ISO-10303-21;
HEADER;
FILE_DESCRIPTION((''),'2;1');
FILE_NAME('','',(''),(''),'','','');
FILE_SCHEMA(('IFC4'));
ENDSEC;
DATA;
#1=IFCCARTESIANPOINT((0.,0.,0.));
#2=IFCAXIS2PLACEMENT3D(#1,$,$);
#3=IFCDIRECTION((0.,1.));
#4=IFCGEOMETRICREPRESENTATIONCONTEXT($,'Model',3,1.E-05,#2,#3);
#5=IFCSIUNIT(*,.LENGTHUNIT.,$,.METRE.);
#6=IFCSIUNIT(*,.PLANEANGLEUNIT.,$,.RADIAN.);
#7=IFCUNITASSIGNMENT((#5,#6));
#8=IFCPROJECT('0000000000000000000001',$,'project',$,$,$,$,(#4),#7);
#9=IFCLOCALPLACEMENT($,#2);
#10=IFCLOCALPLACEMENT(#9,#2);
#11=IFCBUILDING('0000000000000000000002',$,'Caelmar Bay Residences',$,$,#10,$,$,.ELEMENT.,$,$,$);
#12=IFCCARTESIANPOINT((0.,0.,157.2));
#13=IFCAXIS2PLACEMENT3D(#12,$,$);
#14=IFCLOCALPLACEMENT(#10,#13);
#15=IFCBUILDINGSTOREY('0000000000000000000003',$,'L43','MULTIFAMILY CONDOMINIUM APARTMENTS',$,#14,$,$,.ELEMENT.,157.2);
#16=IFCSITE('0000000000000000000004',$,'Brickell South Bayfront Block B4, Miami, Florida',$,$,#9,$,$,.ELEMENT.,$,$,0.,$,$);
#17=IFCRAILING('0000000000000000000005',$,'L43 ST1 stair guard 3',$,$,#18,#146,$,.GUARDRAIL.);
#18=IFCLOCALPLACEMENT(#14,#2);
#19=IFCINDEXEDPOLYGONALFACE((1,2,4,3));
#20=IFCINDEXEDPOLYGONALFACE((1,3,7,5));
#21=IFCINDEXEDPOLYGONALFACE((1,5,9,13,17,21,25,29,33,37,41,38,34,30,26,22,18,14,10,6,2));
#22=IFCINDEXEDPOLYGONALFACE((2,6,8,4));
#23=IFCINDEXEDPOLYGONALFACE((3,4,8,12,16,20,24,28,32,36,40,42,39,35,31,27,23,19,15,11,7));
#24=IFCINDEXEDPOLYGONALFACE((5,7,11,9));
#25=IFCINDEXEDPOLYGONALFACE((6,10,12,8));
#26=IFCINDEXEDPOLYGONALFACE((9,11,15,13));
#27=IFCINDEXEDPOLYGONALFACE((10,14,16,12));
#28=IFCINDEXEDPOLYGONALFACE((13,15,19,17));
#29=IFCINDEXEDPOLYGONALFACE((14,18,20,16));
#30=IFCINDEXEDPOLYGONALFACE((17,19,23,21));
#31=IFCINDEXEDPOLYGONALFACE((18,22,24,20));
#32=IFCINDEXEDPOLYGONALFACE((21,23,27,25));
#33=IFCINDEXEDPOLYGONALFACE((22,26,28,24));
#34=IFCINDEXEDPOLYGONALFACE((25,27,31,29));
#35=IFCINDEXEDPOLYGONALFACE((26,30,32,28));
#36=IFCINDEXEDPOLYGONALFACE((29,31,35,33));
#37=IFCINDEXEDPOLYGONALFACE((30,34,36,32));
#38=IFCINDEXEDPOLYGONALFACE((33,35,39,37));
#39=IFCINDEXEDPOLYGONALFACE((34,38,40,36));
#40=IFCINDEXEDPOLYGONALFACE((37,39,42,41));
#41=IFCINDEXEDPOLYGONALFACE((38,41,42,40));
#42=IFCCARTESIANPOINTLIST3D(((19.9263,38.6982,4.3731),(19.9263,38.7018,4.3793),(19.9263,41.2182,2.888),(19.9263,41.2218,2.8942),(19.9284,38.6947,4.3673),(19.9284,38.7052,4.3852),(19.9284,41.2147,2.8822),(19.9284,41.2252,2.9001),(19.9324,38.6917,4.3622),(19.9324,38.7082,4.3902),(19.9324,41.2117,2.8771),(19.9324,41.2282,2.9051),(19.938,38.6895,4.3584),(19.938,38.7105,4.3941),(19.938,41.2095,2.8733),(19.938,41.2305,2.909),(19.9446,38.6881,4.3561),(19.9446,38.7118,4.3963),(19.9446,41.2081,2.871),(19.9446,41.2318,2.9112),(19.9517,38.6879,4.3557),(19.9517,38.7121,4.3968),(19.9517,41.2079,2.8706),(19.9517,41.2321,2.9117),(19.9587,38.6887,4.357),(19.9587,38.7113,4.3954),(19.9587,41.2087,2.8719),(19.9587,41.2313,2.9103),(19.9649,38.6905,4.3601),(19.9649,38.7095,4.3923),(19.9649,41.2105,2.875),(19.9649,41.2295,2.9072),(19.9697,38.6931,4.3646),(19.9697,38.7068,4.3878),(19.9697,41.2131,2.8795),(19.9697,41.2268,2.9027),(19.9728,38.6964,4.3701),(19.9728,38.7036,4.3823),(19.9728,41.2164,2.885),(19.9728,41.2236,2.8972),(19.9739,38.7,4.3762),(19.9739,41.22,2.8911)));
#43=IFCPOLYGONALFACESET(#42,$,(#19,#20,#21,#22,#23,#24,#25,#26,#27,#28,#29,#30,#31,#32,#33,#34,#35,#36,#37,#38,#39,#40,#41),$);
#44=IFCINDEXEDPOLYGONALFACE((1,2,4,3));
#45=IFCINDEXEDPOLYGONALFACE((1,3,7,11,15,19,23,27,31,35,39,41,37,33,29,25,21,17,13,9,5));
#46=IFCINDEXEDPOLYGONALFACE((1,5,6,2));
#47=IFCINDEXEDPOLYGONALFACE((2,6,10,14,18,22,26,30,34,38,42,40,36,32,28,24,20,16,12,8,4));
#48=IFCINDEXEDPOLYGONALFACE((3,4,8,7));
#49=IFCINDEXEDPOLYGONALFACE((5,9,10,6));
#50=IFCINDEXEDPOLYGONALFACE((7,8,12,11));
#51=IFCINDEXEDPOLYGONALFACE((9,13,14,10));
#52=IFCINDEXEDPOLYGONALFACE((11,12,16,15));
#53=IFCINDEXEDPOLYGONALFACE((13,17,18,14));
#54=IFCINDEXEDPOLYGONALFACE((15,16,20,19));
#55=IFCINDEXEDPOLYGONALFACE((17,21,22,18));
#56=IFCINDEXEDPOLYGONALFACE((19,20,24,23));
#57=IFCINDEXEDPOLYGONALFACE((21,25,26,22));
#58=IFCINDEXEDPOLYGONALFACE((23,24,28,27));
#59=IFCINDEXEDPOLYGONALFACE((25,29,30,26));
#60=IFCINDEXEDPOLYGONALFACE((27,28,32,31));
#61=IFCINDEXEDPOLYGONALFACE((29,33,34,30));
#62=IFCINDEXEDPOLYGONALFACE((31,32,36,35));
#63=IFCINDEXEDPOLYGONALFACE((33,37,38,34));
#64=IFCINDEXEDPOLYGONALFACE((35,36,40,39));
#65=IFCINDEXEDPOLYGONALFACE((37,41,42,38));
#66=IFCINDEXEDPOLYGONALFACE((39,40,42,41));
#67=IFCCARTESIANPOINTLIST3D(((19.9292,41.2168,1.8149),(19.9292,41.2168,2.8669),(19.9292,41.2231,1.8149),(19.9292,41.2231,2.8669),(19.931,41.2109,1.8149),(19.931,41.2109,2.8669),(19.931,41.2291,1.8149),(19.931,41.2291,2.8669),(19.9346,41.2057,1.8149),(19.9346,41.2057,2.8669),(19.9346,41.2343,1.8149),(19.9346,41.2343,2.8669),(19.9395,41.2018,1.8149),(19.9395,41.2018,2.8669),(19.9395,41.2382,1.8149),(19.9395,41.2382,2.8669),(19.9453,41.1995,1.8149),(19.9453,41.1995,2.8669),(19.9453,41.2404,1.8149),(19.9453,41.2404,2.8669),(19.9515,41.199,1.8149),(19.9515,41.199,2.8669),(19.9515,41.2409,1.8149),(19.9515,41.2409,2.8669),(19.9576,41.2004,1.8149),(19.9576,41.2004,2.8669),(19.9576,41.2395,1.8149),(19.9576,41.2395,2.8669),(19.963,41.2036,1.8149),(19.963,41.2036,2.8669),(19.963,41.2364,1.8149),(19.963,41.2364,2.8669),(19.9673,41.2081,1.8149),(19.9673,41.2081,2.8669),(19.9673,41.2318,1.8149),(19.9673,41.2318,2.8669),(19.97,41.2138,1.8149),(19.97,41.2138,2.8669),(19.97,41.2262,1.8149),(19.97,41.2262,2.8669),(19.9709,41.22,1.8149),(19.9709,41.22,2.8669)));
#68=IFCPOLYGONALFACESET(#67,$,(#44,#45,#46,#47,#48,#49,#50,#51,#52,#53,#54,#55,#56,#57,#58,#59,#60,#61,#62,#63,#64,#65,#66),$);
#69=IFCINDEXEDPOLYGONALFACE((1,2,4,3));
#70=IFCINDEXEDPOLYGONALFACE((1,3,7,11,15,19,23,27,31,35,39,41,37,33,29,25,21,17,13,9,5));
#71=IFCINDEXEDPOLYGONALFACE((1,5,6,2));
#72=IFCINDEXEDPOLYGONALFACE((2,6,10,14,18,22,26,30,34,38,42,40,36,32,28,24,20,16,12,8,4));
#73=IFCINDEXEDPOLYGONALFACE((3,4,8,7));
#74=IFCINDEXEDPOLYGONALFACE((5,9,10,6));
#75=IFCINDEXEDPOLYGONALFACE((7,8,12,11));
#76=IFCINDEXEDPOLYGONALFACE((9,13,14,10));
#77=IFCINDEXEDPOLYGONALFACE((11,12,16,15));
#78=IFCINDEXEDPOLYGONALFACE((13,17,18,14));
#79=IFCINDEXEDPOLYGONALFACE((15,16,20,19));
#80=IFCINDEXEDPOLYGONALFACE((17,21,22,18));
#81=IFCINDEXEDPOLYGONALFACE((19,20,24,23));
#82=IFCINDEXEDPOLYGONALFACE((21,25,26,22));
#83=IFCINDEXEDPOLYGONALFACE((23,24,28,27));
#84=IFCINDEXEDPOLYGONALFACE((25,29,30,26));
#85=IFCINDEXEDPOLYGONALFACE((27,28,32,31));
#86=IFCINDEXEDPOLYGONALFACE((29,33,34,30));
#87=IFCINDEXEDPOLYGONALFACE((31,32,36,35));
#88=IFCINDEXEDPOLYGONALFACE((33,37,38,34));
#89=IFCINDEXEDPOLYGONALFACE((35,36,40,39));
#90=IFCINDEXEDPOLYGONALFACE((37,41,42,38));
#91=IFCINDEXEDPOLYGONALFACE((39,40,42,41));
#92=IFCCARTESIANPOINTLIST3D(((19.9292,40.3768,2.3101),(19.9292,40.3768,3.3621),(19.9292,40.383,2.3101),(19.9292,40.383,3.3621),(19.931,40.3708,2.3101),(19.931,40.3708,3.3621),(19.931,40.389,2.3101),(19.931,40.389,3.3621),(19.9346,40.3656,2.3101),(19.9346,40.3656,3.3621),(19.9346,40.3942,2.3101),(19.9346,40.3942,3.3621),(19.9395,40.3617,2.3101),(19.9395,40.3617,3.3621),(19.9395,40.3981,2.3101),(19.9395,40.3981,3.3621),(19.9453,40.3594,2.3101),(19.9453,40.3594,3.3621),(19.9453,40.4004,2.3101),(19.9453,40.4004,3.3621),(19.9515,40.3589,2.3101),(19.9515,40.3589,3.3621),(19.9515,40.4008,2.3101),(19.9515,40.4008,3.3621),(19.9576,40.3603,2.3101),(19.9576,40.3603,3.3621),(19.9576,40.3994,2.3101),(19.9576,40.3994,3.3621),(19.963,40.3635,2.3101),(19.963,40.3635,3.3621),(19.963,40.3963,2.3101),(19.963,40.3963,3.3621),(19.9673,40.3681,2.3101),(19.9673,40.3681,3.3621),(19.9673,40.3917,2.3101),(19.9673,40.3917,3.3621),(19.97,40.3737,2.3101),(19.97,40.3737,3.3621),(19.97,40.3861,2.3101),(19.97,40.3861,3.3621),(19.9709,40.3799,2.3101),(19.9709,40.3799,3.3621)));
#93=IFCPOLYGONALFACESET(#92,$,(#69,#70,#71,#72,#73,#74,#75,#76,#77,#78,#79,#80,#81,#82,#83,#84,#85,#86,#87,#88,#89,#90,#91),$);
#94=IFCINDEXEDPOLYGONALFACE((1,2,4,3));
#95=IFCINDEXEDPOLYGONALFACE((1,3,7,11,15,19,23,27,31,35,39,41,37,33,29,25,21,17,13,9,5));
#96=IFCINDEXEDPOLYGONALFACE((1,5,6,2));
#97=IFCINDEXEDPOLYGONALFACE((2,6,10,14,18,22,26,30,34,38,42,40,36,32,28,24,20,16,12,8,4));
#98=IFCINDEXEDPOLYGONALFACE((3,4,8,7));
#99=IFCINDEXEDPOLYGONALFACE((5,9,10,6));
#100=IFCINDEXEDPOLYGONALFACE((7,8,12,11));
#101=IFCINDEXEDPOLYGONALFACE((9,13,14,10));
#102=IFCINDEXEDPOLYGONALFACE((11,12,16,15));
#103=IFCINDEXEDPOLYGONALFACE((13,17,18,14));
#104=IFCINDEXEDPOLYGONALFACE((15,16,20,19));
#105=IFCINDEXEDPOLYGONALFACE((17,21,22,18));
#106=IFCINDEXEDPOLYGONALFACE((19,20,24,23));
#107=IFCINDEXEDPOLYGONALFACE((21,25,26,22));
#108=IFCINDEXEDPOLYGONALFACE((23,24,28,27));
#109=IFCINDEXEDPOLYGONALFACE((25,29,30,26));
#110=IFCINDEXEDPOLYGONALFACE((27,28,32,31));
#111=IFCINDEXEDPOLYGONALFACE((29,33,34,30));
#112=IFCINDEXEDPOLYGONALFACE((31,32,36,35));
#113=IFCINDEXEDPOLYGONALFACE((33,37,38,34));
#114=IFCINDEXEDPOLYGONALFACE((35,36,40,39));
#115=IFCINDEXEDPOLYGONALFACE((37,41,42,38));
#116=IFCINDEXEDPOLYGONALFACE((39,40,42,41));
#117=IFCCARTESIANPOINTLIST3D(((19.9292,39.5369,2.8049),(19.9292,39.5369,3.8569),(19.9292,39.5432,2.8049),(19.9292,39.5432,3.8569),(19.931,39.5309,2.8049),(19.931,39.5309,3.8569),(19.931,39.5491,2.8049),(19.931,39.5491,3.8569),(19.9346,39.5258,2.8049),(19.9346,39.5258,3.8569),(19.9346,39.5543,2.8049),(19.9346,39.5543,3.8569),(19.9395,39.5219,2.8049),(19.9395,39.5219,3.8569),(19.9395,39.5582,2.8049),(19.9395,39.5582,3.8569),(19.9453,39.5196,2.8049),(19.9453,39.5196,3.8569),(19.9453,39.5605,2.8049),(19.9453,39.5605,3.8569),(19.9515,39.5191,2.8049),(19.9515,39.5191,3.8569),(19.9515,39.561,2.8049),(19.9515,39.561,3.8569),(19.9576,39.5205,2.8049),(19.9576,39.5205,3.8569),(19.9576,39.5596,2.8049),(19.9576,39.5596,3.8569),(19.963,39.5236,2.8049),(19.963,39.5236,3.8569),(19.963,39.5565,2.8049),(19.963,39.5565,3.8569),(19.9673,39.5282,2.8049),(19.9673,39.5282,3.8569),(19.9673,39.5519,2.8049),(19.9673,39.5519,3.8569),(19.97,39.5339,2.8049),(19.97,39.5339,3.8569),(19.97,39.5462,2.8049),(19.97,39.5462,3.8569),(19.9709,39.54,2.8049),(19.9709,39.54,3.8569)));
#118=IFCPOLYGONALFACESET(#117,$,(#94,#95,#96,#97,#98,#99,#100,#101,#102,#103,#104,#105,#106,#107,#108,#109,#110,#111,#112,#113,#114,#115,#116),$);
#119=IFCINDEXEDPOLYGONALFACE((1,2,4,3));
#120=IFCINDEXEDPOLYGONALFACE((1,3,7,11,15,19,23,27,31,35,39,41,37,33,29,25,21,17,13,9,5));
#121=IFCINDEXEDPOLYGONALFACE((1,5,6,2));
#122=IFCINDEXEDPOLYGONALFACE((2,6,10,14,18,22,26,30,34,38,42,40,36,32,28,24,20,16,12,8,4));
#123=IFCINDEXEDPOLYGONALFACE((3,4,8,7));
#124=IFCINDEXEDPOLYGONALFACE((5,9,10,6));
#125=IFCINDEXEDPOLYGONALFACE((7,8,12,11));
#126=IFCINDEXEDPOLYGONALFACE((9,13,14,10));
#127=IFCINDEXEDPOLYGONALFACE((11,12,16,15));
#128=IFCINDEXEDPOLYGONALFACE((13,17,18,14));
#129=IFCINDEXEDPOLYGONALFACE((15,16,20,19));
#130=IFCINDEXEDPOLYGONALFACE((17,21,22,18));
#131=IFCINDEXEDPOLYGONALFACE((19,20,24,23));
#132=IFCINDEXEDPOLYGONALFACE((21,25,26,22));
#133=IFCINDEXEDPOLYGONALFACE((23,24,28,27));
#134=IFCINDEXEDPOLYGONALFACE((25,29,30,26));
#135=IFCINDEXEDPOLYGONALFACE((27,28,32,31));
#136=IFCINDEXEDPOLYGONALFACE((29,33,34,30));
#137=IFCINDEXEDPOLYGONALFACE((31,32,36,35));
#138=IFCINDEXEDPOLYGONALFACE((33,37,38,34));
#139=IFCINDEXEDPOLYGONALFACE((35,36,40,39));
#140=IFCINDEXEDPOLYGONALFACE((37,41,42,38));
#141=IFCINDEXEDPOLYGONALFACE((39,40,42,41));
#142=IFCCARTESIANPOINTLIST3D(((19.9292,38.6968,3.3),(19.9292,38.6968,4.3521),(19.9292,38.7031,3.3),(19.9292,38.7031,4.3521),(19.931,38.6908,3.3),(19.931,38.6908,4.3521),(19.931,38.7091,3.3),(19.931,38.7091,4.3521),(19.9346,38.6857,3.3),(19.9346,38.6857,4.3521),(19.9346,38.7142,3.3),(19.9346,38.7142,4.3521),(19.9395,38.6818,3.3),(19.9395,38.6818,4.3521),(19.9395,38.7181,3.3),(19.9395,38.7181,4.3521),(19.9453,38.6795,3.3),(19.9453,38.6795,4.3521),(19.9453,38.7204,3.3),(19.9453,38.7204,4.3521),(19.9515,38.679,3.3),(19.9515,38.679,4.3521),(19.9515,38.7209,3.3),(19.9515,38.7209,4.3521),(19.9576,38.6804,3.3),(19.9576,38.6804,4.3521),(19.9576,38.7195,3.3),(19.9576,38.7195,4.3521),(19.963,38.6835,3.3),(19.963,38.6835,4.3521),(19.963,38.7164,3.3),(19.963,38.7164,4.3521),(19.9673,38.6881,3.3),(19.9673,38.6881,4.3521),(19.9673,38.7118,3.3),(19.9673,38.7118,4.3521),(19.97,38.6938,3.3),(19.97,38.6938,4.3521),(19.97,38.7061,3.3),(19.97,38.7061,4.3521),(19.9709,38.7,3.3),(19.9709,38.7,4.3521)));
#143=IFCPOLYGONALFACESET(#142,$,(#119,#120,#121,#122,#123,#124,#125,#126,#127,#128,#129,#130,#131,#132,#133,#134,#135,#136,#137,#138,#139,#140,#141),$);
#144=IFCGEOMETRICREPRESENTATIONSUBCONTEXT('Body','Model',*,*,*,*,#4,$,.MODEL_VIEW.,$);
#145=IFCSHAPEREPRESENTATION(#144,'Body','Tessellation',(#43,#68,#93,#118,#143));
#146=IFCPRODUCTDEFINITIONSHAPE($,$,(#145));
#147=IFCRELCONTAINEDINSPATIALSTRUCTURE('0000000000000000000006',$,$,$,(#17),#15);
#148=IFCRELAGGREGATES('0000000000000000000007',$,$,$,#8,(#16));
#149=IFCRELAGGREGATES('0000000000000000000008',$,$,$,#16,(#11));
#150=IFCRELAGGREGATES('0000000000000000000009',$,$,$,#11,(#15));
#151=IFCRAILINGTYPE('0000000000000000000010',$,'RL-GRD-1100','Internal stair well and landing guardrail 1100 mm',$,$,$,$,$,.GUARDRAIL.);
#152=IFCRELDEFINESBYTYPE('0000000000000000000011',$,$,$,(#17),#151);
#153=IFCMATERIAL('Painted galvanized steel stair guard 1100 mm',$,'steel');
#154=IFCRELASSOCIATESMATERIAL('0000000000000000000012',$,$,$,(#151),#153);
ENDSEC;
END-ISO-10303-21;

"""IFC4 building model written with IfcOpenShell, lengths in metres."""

from ifc_helpers import new_model, si_unit, direction, frame, origin, origin_2d, place, context, subcontext, project, spatial, circle, extrude, material, type_object, element, save


model = new_model("IFC4")

# Units and contexts
model_context = context("Model", 3, precision=1e-05, world=origin(), true_north=direction((0.0, 1.0)))
body_context = subcontext(model_context, "Body", "Model", "MODEL_VIEW")
ifc_project = project(units=[si_unit("LENGTHUNIT", "METRE"), si_unit("PLANEANGLEUNIT", "RADIAN")], contexts=[model_context])

# Site, building, storey
site_placement = place(None, origin())
site = spatial("IfcSite", under=ifc_project, at=site_placement, Name="Brickell South Bayfront Block B4, Miami, Florida", CompositionType="ELEMENT", RefElevation=0.0)
building_placement = place(site_placement, origin())
building = spatial("IfcBuilding", under=site, at=building_placement, Name="Caelmar Bay Residences", CompositionType="ELEMENT")
storey_placement = place(building_placement, frame((0.0, 0.0, 157.2)))
storey = spatial("IfcBuildingStorey", under=building, at=storey_placement, Name="L43", Description="MULTIFAMILY CONDOMINIUM APARTMENTS", CompositionType="ELEMENT", Elevation=157.2)

# Railing
ifc_material_1 = material(Name="Painted galvanized steel stair guard 1100 mm", Category="steel")
railing_type_1 = type_object("IfcRailingType", Name="RL-GRD-1100", Description="Internal stair well and landing guardrail 1100 mm", PredefinedType="GUARDRAIL", material=ifc_material_1)
railing_1_placement = place(storey_placement, frame((19.95, 41.22, 1.8149)))
element("IfcRailing", 1, at=railing_1_placement, inside=storey, type_object=railing_type_1, Name="L43 ST1 stair guard 3", PredefinedType="GUARDRAIL", context=body_context, shape_type="SweptSolid", body=[
    extrude(circle(Radius=0.0239, at=origin_2d()), frame((0.0, 0.0, 1.0762), z_axis=(0.0, -0.861524, 0.507717), x_axis=(1.0, 0.0, 0.0)), (0.0, 0.0, 1.0), 2.925),
    extrude(circle(Radius=0.021, at=origin_2d()), origin(), (0.0, 0.0, 1.0), 1.052),
    extrude(circle(Radius=0.021, at=origin_2d()), frame((0.0, -0.8401, 0.4951)), (0.0, 0.0, 1.0), 1.052),
    extrude(circle(Radius=0.021, at=origin_2d()), frame((0.0, -1.6799, 0.99)), (0.0, 0.0, 1.0), 1.052),
    extrude(circle(Radius=0.021, at=origin_2d()), frame((0.0, -2.52, 1.4851)), (0.0, 0.0, 1.0), 1.052),
])

save(model, "model.ifc")
